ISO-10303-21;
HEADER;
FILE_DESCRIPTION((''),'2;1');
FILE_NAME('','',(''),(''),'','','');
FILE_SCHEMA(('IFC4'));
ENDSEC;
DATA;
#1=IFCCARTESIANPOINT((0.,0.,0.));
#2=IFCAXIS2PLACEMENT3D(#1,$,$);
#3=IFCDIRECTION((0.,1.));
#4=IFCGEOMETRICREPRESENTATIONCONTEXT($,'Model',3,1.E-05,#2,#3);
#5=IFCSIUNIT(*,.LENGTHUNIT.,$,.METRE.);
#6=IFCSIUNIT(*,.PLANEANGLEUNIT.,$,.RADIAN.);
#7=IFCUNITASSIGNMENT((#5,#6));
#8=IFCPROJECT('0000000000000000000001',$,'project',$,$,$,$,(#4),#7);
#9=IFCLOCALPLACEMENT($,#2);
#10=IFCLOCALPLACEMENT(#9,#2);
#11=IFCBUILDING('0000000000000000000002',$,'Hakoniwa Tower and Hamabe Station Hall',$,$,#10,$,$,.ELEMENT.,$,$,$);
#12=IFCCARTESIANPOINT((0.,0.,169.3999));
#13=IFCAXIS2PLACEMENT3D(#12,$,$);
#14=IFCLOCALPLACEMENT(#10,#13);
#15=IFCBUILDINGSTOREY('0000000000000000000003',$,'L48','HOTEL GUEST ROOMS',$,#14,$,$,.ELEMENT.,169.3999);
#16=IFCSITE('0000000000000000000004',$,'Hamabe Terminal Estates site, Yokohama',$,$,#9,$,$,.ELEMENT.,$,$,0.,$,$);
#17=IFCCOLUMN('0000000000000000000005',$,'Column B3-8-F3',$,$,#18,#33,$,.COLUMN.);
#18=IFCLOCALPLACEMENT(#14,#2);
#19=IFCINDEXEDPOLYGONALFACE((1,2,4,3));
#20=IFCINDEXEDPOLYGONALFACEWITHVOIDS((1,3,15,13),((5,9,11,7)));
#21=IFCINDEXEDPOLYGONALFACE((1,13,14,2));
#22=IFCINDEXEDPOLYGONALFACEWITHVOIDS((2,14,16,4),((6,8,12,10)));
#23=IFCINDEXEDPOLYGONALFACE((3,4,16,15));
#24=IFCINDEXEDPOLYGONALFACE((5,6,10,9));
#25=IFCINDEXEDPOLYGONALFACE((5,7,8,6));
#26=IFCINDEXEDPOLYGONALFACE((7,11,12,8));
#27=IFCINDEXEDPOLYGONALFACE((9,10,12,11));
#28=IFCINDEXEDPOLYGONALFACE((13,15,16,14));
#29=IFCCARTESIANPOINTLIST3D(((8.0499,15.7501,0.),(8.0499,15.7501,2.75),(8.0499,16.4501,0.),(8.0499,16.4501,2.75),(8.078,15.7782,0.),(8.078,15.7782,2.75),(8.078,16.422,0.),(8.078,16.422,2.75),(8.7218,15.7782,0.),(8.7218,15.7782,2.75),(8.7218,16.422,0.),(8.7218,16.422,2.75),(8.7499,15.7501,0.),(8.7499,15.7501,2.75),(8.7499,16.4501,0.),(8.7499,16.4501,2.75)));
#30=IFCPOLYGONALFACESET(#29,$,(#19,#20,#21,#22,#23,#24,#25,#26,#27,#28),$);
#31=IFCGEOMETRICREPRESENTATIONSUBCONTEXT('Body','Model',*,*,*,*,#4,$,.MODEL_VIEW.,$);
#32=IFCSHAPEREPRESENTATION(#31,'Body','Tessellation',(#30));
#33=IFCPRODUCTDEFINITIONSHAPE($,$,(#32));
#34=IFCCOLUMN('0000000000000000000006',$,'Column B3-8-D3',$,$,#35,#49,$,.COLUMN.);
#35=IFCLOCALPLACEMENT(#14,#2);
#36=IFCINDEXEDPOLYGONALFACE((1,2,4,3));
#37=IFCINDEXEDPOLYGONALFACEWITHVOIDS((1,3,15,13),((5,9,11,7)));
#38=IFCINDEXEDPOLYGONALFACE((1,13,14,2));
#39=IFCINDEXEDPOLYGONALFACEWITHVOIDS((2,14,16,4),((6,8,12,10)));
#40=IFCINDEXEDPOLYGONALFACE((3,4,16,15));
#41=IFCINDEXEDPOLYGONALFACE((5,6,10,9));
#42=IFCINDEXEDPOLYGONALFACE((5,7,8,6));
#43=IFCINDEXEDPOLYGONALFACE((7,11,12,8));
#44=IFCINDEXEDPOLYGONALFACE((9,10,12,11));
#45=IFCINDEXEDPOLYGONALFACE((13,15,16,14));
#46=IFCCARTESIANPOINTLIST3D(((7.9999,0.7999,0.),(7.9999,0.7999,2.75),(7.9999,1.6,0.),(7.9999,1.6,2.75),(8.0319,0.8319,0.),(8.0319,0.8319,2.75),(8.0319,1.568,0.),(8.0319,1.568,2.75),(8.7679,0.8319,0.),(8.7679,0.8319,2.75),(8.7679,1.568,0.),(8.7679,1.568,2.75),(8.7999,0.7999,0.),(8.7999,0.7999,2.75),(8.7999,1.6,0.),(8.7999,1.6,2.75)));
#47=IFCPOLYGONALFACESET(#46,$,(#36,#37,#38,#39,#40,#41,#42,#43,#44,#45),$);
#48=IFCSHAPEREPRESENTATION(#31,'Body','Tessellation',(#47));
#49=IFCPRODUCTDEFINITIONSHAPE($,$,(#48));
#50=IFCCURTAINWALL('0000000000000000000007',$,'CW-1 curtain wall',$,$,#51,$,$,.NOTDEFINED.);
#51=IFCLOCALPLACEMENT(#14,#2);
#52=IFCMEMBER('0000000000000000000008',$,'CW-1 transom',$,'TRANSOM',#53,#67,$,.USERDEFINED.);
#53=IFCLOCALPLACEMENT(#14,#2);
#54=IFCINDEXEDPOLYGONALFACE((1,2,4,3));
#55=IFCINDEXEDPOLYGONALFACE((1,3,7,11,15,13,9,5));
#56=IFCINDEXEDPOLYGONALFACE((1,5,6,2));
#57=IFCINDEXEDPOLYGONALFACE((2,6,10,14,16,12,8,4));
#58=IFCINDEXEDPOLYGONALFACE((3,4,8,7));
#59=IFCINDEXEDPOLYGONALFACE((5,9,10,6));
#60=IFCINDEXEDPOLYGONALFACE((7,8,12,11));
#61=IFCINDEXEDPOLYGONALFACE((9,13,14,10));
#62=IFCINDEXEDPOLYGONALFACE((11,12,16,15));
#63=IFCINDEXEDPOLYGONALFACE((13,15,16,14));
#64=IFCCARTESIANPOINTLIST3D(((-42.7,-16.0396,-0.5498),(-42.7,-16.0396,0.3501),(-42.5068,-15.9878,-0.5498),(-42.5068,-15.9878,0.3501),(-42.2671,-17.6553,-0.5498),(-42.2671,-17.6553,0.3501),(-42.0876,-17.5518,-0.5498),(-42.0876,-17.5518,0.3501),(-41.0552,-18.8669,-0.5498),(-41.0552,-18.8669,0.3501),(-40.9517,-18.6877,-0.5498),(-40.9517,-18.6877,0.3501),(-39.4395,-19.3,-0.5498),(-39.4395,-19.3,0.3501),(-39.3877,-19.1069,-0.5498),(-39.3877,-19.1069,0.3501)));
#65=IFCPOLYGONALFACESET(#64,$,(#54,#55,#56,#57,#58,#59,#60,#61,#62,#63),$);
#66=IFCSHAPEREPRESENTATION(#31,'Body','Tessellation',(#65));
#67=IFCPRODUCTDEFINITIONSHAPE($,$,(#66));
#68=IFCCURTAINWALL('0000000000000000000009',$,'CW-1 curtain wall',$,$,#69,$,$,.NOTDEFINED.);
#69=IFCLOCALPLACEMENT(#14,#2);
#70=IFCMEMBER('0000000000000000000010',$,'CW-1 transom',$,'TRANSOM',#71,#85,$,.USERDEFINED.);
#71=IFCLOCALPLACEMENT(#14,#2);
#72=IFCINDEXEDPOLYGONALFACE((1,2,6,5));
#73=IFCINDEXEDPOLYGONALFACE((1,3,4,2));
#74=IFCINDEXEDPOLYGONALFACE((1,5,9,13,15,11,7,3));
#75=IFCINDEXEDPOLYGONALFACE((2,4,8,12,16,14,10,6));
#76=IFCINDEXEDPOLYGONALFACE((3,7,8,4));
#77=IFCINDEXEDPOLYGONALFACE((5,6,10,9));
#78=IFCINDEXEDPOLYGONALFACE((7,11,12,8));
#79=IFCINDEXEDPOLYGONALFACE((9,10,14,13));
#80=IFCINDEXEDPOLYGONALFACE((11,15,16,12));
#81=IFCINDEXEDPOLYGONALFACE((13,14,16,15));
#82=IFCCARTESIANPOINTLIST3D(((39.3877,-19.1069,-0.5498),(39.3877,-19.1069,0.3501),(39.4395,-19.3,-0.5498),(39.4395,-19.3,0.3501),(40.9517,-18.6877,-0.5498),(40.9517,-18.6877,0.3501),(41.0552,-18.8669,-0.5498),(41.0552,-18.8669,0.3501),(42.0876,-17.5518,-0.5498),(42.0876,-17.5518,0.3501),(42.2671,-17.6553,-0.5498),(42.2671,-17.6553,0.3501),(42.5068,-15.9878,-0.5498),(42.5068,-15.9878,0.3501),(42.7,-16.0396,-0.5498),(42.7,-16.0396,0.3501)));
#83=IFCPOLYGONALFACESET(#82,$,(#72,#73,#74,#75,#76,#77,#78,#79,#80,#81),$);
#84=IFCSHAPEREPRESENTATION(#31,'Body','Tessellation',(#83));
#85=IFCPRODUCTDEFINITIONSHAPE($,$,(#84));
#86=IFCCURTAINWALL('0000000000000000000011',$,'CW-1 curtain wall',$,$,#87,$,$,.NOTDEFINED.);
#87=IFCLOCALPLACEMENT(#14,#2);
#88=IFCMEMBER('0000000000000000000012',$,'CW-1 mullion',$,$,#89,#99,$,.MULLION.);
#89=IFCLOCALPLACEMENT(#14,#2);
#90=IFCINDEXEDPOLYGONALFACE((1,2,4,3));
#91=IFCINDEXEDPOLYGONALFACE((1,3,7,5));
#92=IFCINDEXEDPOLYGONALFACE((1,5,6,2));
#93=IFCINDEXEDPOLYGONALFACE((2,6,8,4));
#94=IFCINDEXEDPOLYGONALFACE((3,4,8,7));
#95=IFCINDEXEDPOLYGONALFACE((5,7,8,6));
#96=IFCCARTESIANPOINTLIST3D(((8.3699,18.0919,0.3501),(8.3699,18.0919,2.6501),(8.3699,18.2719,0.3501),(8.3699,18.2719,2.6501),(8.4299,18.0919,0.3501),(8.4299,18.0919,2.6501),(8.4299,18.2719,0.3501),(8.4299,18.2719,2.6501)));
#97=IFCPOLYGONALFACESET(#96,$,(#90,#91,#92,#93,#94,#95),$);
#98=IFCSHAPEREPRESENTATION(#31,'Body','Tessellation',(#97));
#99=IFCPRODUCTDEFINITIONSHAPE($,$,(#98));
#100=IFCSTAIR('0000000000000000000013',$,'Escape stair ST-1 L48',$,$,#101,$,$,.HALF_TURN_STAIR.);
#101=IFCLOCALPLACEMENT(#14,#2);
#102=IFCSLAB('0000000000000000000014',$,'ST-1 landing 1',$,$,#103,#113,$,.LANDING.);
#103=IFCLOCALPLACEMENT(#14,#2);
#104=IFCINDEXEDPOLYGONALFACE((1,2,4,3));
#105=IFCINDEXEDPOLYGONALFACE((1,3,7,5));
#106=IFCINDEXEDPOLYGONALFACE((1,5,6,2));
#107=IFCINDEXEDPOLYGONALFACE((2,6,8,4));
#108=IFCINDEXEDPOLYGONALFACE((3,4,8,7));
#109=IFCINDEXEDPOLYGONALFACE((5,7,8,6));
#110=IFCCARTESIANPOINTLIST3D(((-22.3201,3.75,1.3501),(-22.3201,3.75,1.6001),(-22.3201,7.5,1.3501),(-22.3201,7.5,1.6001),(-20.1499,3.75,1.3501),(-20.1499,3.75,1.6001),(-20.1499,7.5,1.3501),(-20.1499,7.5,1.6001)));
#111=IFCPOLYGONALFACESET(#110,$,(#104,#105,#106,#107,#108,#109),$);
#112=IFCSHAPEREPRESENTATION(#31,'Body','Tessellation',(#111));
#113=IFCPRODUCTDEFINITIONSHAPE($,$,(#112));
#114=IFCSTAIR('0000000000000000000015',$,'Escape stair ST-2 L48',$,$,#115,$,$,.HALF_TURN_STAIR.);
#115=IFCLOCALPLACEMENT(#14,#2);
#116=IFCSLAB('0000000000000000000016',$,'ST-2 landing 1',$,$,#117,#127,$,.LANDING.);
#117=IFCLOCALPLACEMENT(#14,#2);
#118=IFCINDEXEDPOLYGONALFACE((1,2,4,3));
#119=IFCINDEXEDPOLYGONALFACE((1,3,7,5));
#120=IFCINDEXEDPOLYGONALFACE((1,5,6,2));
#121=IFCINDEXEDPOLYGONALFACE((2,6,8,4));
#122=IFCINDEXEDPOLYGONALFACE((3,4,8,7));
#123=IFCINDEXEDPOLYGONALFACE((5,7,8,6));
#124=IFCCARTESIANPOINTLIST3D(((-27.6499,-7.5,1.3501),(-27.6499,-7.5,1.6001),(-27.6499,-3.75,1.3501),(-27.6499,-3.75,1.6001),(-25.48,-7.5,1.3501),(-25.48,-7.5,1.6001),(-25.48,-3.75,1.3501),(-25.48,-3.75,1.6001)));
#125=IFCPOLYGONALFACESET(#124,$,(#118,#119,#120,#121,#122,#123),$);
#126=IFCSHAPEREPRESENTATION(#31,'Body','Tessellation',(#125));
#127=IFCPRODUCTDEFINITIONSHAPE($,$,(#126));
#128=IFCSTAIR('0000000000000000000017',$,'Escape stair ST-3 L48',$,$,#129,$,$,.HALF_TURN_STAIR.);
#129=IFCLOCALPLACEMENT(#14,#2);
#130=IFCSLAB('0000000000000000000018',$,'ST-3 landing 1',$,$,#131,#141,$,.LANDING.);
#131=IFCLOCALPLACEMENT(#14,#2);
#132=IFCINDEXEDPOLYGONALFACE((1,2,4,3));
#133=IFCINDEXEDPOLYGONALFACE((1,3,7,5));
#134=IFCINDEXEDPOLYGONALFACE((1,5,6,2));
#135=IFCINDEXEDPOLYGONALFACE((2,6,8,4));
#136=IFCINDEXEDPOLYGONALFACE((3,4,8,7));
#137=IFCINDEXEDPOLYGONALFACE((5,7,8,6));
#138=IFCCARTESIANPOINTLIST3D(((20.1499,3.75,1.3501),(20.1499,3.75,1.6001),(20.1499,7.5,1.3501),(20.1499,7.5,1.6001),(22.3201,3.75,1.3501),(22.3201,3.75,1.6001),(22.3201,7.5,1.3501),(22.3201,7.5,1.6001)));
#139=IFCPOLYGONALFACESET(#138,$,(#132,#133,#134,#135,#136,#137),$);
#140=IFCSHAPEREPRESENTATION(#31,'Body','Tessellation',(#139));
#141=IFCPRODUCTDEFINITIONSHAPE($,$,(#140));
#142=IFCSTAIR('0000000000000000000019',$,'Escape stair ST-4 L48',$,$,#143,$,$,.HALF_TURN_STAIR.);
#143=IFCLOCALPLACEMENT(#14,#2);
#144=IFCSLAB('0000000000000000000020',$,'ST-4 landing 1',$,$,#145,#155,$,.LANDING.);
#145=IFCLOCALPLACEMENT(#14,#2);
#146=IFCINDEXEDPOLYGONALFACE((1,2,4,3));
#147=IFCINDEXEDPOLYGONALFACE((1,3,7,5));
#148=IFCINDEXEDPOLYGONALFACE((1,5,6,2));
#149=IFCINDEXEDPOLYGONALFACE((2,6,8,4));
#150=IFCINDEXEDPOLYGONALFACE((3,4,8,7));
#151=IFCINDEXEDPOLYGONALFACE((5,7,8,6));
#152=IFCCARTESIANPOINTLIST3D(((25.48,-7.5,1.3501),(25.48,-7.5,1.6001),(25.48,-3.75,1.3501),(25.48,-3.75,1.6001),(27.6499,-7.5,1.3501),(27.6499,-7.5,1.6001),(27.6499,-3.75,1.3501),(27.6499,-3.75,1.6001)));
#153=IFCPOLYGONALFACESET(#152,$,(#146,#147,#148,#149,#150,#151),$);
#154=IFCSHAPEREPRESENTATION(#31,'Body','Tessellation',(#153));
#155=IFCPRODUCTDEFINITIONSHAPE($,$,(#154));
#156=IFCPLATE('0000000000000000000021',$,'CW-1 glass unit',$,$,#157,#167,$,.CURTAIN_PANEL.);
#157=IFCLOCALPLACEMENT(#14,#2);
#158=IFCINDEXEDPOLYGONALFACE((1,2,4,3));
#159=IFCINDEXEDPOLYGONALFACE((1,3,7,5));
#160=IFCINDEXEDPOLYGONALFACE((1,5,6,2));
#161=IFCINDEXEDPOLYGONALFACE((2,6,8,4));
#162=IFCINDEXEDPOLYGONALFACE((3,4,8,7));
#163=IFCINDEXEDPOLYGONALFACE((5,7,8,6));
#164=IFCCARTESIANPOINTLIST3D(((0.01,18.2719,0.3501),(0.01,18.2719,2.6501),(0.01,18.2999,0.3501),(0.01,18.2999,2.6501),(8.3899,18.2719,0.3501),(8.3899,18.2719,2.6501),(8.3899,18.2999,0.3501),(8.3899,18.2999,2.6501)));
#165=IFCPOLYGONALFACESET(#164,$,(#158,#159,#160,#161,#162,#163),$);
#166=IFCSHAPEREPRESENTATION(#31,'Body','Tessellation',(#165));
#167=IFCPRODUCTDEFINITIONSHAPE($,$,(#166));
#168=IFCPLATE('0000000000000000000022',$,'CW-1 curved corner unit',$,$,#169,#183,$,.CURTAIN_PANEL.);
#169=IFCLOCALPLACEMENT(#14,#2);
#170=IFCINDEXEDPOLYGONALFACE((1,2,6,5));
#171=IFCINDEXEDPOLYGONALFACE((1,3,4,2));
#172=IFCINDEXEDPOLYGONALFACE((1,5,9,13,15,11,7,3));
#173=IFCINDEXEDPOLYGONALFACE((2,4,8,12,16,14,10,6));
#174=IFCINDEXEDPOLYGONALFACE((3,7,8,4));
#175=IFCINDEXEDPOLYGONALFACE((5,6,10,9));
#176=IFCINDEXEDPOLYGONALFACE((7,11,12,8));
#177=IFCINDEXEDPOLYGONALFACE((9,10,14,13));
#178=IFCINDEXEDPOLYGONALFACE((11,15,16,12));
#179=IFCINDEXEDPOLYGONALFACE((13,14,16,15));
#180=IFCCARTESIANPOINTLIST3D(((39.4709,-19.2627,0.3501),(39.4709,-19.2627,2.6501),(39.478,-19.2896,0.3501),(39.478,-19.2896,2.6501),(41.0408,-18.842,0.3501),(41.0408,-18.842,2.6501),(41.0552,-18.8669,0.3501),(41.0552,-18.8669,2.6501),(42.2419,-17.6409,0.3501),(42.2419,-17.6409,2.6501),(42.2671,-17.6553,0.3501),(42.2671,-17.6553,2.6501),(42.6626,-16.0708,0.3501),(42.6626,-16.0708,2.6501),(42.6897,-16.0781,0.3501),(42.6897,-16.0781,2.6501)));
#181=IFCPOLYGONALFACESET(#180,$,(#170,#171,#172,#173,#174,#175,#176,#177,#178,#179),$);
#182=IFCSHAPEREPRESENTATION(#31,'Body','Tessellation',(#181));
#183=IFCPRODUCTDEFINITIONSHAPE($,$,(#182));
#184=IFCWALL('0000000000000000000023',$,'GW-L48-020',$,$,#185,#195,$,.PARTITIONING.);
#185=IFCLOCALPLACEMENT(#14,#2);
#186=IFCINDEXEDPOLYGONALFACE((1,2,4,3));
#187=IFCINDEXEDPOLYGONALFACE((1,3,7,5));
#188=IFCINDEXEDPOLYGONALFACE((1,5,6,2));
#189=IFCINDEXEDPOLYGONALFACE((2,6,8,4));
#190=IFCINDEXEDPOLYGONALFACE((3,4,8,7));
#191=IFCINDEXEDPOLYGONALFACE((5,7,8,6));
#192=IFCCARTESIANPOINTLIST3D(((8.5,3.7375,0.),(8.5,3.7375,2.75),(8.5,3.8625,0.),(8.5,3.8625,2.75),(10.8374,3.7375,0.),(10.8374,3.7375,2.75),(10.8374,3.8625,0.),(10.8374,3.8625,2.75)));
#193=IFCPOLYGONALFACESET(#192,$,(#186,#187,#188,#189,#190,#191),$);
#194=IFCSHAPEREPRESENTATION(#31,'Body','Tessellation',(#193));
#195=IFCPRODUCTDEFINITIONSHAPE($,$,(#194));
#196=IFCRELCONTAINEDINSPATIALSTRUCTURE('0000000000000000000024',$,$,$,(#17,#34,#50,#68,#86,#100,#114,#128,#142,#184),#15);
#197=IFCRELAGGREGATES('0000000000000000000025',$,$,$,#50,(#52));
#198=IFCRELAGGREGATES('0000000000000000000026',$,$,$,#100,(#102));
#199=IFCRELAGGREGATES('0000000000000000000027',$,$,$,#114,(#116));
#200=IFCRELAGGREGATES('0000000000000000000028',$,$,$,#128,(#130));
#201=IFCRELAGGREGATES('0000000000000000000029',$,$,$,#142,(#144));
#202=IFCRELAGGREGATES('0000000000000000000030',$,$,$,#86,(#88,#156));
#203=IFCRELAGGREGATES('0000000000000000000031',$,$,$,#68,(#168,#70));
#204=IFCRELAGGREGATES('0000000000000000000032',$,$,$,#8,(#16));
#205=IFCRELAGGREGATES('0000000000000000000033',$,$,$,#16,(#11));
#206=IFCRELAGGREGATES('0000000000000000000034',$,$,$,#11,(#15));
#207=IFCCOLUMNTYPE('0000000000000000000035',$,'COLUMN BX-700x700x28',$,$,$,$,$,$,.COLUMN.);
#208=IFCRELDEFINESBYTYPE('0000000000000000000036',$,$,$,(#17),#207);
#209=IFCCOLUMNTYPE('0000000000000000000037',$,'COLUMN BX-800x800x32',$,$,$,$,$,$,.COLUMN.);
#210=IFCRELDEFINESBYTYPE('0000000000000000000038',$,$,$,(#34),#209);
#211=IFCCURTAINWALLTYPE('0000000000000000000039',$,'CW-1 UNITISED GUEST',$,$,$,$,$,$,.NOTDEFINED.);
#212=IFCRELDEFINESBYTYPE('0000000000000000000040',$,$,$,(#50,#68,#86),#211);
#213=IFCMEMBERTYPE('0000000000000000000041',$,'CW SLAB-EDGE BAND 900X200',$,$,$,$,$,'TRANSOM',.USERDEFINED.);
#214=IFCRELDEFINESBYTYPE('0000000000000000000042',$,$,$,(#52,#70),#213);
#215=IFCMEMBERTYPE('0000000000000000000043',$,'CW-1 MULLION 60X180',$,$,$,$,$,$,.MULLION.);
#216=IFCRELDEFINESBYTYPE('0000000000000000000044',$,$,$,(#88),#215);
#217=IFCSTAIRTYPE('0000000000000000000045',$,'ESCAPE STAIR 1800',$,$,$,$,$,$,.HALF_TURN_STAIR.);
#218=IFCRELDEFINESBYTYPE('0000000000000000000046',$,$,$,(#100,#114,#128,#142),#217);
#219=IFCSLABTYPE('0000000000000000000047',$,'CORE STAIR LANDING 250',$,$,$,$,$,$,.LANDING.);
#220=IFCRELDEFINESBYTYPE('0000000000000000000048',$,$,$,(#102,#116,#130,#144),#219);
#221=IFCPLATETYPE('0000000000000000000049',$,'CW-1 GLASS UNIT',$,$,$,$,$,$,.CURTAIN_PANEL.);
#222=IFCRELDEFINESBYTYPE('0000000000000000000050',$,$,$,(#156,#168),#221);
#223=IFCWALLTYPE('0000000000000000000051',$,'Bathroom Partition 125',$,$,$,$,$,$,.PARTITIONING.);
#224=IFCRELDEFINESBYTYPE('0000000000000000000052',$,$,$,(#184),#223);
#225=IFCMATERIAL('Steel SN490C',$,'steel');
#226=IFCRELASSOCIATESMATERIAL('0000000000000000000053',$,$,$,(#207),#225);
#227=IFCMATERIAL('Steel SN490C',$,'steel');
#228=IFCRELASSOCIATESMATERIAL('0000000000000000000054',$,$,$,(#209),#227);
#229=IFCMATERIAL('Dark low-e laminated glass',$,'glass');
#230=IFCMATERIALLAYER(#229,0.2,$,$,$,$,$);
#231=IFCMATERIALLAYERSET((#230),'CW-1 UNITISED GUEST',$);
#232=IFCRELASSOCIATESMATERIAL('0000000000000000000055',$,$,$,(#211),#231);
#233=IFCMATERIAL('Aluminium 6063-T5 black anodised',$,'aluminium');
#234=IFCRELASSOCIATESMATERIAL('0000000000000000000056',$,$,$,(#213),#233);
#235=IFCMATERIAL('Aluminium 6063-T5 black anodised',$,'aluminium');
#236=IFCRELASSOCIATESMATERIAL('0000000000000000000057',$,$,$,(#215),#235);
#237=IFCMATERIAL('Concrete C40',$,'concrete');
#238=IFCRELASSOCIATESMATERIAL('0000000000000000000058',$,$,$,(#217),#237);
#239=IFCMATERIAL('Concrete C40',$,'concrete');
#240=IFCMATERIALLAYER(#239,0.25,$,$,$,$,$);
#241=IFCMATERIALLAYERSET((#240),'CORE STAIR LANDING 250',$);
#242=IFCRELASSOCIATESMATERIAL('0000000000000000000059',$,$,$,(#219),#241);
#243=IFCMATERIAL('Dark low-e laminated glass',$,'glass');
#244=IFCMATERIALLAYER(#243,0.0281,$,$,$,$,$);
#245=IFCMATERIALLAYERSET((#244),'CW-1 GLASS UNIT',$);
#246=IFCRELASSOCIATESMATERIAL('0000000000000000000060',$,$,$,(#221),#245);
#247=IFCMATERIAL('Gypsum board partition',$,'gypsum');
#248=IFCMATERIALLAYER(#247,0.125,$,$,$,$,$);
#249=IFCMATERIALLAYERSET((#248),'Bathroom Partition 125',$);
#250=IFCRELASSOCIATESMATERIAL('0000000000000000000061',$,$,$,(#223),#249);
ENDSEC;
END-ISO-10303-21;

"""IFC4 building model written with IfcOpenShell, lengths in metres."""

from ifc_helpers import new_model, si_unit, direction, frame, frame_2d, origin, origin_2d, place, context, subcontext, project, spatial, polyline, rectangle, hollow_rectangle, outline, extrude, material, layer, layer_set, material_profile, profile_set, type_object, element, aggregate, save


model = new_model("IFC4")

# Units and contexts
model_context = context("Model", 3, precision=1e-05, world=origin(), true_north=direction((0.0, 1.0)))
body_context = subcontext(model_context, "Body", "Model", "MODEL_VIEW")
ifc_project = project(units=[si_unit("LENGTHUNIT", "METRE"), si_unit("PLANEANGLEUNIT", "RADIAN")], contexts=[model_context])

# Site, building, storey
site_placement = place(None, origin())
site = spatial("IfcSite", under=ifc_project, at=site_placement, Name="Hamabe Terminal Estates site, Yokohama", CompositionType="ELEMENT", RefElevation=0.0)
building_placement = place(site_placement, origin())
building = spatial("IfcBuilding", under=site, at=building_placement, Name="Hakoniwa Tower and Hamabe Station Hall", CompositionType="ELEMENT")
storey_placement = place(building_placement, frame((0.0, 0.0, 169.3999)))
storey = spatial("IfcBuildingStorey", under=building, at=storey_placement, Name="L48", Description="HOTEL GUEST ROOMS", CompositionType="ELEMENT", Elevation=169.3999)

# Columns
ifc_material_1 = material(Name="Steel SN490C", Category="steel")
ifc_material_profile_1 = material_profile(ifc_material_1, hollow_rectangle(XDim=0.7, YDim=0.7, WallThickness=0.0281, at=origin_2d()), Name="BX-700x700x28")
ifc_profile_set_1 = profile_set([ifc_material_profile_1], Name="Steel SN490C")
column_type_1 = type_object("IfcColumnType", Name="COLUMN BX-700x700x28", PredefinedType="COLUMN", material=ifc_profile_set_1)
column_1_placement = place(storey_placement, frame((8.3999, 16.1001, 0.0), z_axis=(0.0, 0.0, 1.0), x_axis=(1.0, 0.0, 0.0)))
element("IfcColumn", 1, at=column_1_placement, inside=storey, type_object=column_type_1, Name="Column B3-8-F3", PredefinedType="COLUMN", context=body_context, shape_type="SweptSolid", body=[
    extrude(hollow_rectangle(XDim=0.7, YDim=0.7, WallThickness=0.0281, at=origin_2d()), origin(), (0.0, 0.0, 1.0), 2.75),
])
ifc_material_2 = material(Name="Steel SN490C", Category="steel")
ifc_material_profile_2 = material_profile(ifc_material_2, hollow_rectangle(XDim=0.8, YDim=0.8, WallThickness=0.032, at=origin_2d()), Name="BX-800x800x32")
ifc_profile_set_2 = profile_set([ifc_material_profile_2], Name="Steel SN490C")
column_type_2 = type_object("IfcColumnType", Name="COLUMN BX-800x800x32", PredefinedType="COLUMN", material=ifc_profile_set_2)
column_2_placement = place(storey_placement, frame((8.3999, 1.2, 0.0), z_axis=(0.0, 0.0, 1.0), x_axis=(1.0, 0.0, 0.0)))
element("IfcColumn", 2, at=column_2_placement, inside=storey, type_object=column_type_2, Name="Column B3-8-D3", PredefinedType="COLUMN", context=body_context, shape_type="SweptSolid", body=[
    extrude(hollow_rectangle(XDim=0.8, YDim=0.8, WallThickness=0.032, at=origin_2d()), origin(), (0.0, 0.0, 1.0), 2.75),
])

# Curtain walls, members
ifc_material_3 = material(Name="Dark low-e laminated glass", Category="glass")
ifc_layer_1 = layer(ifc_material_3, 0.2)
ifc_layer_set_1 = layer_set([ifc_layer_1], Name="CW-1 UNITISED GUEST")
curtain_wall_type = type_object("IfcCurtainWallType", Name="CW-1 UNITISED GUEST", PredefinedType="NOTDEFINED", material=ifc_layer_set_1)
curtain_wall_1_placement = place(storey_placement, origin())
curtain_wall_1 = element("IfcCurtainWall", 3, at=curtain_wall_1_placement, inside=storey, type_object=curtain_wall_type, Name="CW-1 curtain wall", PredefinedType="NOTDEFINED")
ifc_material_4 = material(Name="Aluminium 6063-T5 black anodised", Category="aluminium")
ifc_material_profile_3 = material_profile(ifc_material_4, rectangle(XDim=0.2, YDim=0.8999, at=origin_2d()), Name="CW SLAB-EDGE BAND 900X200")
ifc_profile_set_3 = profile_set([ifc_material_profile_3], Name="Aluminium 6063-T5 black anodised")
member_type_1 = type_object("IfcMemberType", Name="CW SLAB-EDGE BAND 900X200", ElementType="TRANSOM", PredefinedType="USERDEFINED", material=ifc_profile_set_3)
member_1_placement = place(storey_placement, frame((0.0, 0.0, -0.5498)))
member_1 = element("IfcMember", 4, at=member_1_placement, type_object=member_type_1, Name="CW-1 transom", ObjectType="TRANSOM", PredefinedType="USERDEFINED", context=body_context, shape_type="SweptSolid", body=[
    extrude(outline(polyline([(-42.7, -16.0396), (-42.2671, -17.6553), (-41.0552, -18.8669), (-39.4395, -19.3), (-39.3877, -19.1069), (-40.9517, -18.6877), (-42.0876, -17.5518), (-42.5068, -15.9878), (-42.7, -16.0396)])), origin(), (0.0, 0.0, 1.0), 0.8999),
])
aggregate(curtain_wall_1, [member_1])
curtain_wall_2_placement = place(storey_placement, origin())
curtain_wall_2 = element("IfcCurtainWall", 5, at=curtain_wall_2_placement, inside=storey, type_object=curtain_wall_type, Name="CW-1 curtain wall", PredefinedType="NOTDEFINED")
member_2_placement = place(storey_placement, frame((0.0, 0.0, -0.5498)))
member_2 = element("IfcMember", 6, at=member_2_placement, type_object=member_type_1, Name="CW-1 transom", ObjectType="TRANSOM", PredefinedType="USERDEFINED", context=body_context, shape_type="SweptSolid", body=[
    extrude(outline(polyline([(39.4395, -19.3), (41.0552, -18.8669), (42.2671, -17.6553), (42.7, -16.0396), (42.5068, -15.9878), (42.0876, -17.5518), (40.9517, -18.6877), (39.3877, -19.1069), (39.4395, -19.3)])), origin(), (0.0, 0.0, 1.0), 0.8999),
])
curtain_wall_3_placement = place(storey_placement, origin())
curtain_wall_3 = element("IfcCurtainWall", 7, at=curtain_wall_3_placement, inside=storey, type_object=curtain_wall_type, Name="CW-1 curtain wall", PredefinedType="NOTDEFINED")
ifc_material_5 = material(Name="Aluminium 6063-T5 black anodised", Category="aluminium")
ifc_material_profile_4 = material_profile(ifc_material_5, rectangle(XDim=0.0601, YDim=0.1799, at=origin_2d()), Name="CW-1 MULLION 60X180")
ifc_profile_set_4 = profile_set([ifc_material_profile_4], Name="Aluminium 6063-T5 black anodised")
member_type_2 = type_object("IfcMemberType", Name="CW-1 MULLION 60X180", PredefinedType="MULLION", material=ifc_profile_set_4)
member_3_placement = place(storey_placement, frame((8.3999, 18.1819, 0.3501), z_axis=(0.0, 0.0, 1.0), x_axis=(-1.0, 0.0, 0.0)))
member_3 = element("IfcMember", 8, at=member_3_placement, type_object=member_type_2, Name="CW-1 mullion", PredefinedType="MULLION", context=body_context, shape_type="SweptSolid", body=[
    extrude(rectangle(XDim=0.0601, YDim=0.1799, at=origin_2d()), origin(), (0.0, 0.0, 1.0), 2.3),
])

# Stairs, slabs
ifc_material_6 = material(Name="Concrete C40", Category="concrete")
stair_type = type_object("IfcStairType", Name="ESCAPE STAIR 1800", PredefinedType="HALF_TURN_STAIR", material=ifc_material_6)
stair_1_placement = place(storey_placement, origin())
stair_1 = element("IfcStair", 9, at=stair_1_placement, inside=storey, type_object=stair_type, Name="Escape stair ST-1 L48", PredefinedType="HALF_TURN_STAIR")
ifc_material_7 = material(Name="Concrete C40", Category="concrete")
ifc_layer_2 = layer(ifc_material_7, 0.25)
ifc_layer_set_2 = layer_set([ifc_layer_2], Name="CORE STAIR LANDING 250")
slab_type = type_object("IfcSlabType", Name="CORE STAIR LANDING 250", PredefinedType="LANDING", material=ifc_layer_set_2)
slab_1_placement = place(storey_placement, frame((0.0, 0.0, 1.3501)))
slab_1 = element("IfcSlab", 10, at=slab_1_placement, type_object=slab_type, Name="ST-1 landing 1", PredefinedType="LANDING", context=body_context, shape_type="SweptSolid", body=[
    extrude(outline(polyline([(-22.3201, 3.75), (-20.1499, 3.75), (-20.1499, 7.5), (-22.3201, 7.5), (-22.3201, 3.75)])), origin(), (0.0, 0.0, 1.0), 0.25),
])
aggregate(stair_1, [slab_1])
stair_2_placement = place(storey_placement, origin())
stair_2 = element("IfcStair", 11, at=stair_2_placement, inside=storey, type_object=stair_type, Name="Escape stair ST-2 L48", PredefinedType="HALF_TURN_STAIR")
slab_2_placement = place(storey_placement, frame((0.0, 0.0, 1.3501)))
slab_2 = element("IfcSlab", 12, at=slab_2_placement, type_object=slab_type, Name="ST-2 landing 1", PredefinedType="LANDING", context=body_context, shape_type="SweptSolid", body=[
    extrude(outline(polyline([(-25.48, -7.5), (-27.6499, -7.5), (-27.6499, -3.75), (-25.48, -3.75), (-25.48, -7.5)])), origin(), (0.0, 0.0, 1.0), 0.25),
])
aggregate(stair_2, [slab_2])
stair_3_placement = place(storey_placement, origin())
stair_3 = element("IfcStair", 13, at=stair_3_placement, inside=storey, type_object=stair_type, Name="Escape stair ST-3 L48", PredefinedType="HALF_TURN_STAIR")
slab_3_placement = place(storey_placement, frame((0.0, 0.0, 1.3501)))
slab_3 = element("IfcSlab", 14, at=slab_3_placement, type_object=slab_type, Name="ST-3 landing 1", PredefinedType="LANDING", context=body_context, shape_type="SweptSolid", body=[
    extrude(outline(polyline([(22.3201, 3.75), (20.1499, 3.75), (20.1499, 7.5), (22.3201, 7.5), (22.3201, 3.75)])), origin(), (0.0, 0.0, 1.0), 0.25),
])
aggregate(stair_3, [slab_3])
stair_4_placement = place(storey_placement, origin())
stair_4 = element("IfcStair", 15, at=stair_4_placement, inside=storey, type_object=stair_type, Name="Escape stair ST-4 L48", PredefinedType="HALF_TURN_STAIR")
slab_4_placement = place(storey_placement, frame((0.0, 0.0, 1.3501)))
slab_4 = element("IfcSlab", 16, at=slab_4_placement, type_object=slab_type, Name="ST-4 landing 1", PredefinedType="LANDING", context=body_context, shape_type="SweptSolid", body=[
    extrude(outline(polyline([(25.48, -7.5), (27.6499, -7.5), (27.6499, -3.75), (25.48, -3.75), (25.48, -7.5)])), origin(), (0.0, 0.0, 1.0), 0.25),
])
aggregate(stair_4, [slab_4])

# Plates
ifc_material_8 = material(Name="Dark low-e laminated glass", Category="glass")
ifc_layer_3 = layer(ifc_material_8, 0.0281)
ifc_layer_set_3 = layer_set([ifc_layer_3], Name="CW-1 GLASS UNIT")
plate_type = type_object("IfcPlateType", Name="CW-1 GLASS UNIT", PredefinedType="CURTAIN_PANEL", material=ifc_layer_set_3)
plate_1_placement = place(storey_placement, frame((4.2, 18.2859, 0.3501), z_axis=(0.0, 0.0, 1.0), x_axis=(-1.0, 0.0, 0.0)))
plate_1 = element("IfcPlate", 17, at=plate_1_placement, type_object=plate_type, Name="CW-1 glass unit", PredefinedType="CURTAIN_PANEL", context=body_context, shape_type="SweptSolid", body=[
    extrude(rectangle(XDim=8.3799, YDim=0.0281, at=origin_2d()), origin(), (0.0, 0.0, 1.0), 2.3),
])
aggregate(curtain_wall_3, [member_3, plate_1])
plate_2_placement = place(storey_placement, frame((0.0, 0.0, 0.3501)))
plate_2 = element("IfcPlate", 18, at=plate_2_placement, type_object=plate_type, Name="CW-1 curved corner unit", PredefinedType="CURTAIN_PANEL", context=body_context, shape_type="SweptSolid", body=[
    extrude(outline(polyline([(39.478, -19.2896), (41.0552, -18.8669), (42.2671, -17.6553), (42.6897, -16.0781), (42.6626, -16.0708), (42.2419, -17.6409), (41.0408, -18.842), (39.4709, -19.2627), (39.478, -19.2896)])), origin(), (0.0, 0.0, 1.0), 2.3),
])
aggregate(curtain_wall_2, [plate_2, member_2])

# Wall
ifc_material_9 = material(Name="Gypsum board partition", Category="gypsum")
ifc_layer_4 = layer(ifc_material_9, 0.125)
ifc_layer_set_4 = layer_set([ifc_layer_4], Name="Bathroom Partition 125")
wall_type_1 = type_object("IfcWallType", Name="Bathroom Partition 125", PredefinedType="PARTITIONING", material=ifc_layer_set_4)
wall_1_placement = place(storey_placement, frame((8.5, 3.8, 0.0), z_axis=(0.0, 0.0, 1.0), x_axis=(1.0, 0.0, 0.0)))
element("IfcWall", 19, at=wall_1_placement, inside=storey, type_object=wall_type_1, Name="GW-L48-020", PredefinedType="PARTITIONING", context=body_context, shape_type="SweptSolid", body=[
    extrude(rectangle(XDim=2.3374, YDim=0.125, at=frame_2d((1.1687, 0.0))), origin(), (0.0, 0.0, 1.0), 2.75),
])

save(model, "model.ifc")
